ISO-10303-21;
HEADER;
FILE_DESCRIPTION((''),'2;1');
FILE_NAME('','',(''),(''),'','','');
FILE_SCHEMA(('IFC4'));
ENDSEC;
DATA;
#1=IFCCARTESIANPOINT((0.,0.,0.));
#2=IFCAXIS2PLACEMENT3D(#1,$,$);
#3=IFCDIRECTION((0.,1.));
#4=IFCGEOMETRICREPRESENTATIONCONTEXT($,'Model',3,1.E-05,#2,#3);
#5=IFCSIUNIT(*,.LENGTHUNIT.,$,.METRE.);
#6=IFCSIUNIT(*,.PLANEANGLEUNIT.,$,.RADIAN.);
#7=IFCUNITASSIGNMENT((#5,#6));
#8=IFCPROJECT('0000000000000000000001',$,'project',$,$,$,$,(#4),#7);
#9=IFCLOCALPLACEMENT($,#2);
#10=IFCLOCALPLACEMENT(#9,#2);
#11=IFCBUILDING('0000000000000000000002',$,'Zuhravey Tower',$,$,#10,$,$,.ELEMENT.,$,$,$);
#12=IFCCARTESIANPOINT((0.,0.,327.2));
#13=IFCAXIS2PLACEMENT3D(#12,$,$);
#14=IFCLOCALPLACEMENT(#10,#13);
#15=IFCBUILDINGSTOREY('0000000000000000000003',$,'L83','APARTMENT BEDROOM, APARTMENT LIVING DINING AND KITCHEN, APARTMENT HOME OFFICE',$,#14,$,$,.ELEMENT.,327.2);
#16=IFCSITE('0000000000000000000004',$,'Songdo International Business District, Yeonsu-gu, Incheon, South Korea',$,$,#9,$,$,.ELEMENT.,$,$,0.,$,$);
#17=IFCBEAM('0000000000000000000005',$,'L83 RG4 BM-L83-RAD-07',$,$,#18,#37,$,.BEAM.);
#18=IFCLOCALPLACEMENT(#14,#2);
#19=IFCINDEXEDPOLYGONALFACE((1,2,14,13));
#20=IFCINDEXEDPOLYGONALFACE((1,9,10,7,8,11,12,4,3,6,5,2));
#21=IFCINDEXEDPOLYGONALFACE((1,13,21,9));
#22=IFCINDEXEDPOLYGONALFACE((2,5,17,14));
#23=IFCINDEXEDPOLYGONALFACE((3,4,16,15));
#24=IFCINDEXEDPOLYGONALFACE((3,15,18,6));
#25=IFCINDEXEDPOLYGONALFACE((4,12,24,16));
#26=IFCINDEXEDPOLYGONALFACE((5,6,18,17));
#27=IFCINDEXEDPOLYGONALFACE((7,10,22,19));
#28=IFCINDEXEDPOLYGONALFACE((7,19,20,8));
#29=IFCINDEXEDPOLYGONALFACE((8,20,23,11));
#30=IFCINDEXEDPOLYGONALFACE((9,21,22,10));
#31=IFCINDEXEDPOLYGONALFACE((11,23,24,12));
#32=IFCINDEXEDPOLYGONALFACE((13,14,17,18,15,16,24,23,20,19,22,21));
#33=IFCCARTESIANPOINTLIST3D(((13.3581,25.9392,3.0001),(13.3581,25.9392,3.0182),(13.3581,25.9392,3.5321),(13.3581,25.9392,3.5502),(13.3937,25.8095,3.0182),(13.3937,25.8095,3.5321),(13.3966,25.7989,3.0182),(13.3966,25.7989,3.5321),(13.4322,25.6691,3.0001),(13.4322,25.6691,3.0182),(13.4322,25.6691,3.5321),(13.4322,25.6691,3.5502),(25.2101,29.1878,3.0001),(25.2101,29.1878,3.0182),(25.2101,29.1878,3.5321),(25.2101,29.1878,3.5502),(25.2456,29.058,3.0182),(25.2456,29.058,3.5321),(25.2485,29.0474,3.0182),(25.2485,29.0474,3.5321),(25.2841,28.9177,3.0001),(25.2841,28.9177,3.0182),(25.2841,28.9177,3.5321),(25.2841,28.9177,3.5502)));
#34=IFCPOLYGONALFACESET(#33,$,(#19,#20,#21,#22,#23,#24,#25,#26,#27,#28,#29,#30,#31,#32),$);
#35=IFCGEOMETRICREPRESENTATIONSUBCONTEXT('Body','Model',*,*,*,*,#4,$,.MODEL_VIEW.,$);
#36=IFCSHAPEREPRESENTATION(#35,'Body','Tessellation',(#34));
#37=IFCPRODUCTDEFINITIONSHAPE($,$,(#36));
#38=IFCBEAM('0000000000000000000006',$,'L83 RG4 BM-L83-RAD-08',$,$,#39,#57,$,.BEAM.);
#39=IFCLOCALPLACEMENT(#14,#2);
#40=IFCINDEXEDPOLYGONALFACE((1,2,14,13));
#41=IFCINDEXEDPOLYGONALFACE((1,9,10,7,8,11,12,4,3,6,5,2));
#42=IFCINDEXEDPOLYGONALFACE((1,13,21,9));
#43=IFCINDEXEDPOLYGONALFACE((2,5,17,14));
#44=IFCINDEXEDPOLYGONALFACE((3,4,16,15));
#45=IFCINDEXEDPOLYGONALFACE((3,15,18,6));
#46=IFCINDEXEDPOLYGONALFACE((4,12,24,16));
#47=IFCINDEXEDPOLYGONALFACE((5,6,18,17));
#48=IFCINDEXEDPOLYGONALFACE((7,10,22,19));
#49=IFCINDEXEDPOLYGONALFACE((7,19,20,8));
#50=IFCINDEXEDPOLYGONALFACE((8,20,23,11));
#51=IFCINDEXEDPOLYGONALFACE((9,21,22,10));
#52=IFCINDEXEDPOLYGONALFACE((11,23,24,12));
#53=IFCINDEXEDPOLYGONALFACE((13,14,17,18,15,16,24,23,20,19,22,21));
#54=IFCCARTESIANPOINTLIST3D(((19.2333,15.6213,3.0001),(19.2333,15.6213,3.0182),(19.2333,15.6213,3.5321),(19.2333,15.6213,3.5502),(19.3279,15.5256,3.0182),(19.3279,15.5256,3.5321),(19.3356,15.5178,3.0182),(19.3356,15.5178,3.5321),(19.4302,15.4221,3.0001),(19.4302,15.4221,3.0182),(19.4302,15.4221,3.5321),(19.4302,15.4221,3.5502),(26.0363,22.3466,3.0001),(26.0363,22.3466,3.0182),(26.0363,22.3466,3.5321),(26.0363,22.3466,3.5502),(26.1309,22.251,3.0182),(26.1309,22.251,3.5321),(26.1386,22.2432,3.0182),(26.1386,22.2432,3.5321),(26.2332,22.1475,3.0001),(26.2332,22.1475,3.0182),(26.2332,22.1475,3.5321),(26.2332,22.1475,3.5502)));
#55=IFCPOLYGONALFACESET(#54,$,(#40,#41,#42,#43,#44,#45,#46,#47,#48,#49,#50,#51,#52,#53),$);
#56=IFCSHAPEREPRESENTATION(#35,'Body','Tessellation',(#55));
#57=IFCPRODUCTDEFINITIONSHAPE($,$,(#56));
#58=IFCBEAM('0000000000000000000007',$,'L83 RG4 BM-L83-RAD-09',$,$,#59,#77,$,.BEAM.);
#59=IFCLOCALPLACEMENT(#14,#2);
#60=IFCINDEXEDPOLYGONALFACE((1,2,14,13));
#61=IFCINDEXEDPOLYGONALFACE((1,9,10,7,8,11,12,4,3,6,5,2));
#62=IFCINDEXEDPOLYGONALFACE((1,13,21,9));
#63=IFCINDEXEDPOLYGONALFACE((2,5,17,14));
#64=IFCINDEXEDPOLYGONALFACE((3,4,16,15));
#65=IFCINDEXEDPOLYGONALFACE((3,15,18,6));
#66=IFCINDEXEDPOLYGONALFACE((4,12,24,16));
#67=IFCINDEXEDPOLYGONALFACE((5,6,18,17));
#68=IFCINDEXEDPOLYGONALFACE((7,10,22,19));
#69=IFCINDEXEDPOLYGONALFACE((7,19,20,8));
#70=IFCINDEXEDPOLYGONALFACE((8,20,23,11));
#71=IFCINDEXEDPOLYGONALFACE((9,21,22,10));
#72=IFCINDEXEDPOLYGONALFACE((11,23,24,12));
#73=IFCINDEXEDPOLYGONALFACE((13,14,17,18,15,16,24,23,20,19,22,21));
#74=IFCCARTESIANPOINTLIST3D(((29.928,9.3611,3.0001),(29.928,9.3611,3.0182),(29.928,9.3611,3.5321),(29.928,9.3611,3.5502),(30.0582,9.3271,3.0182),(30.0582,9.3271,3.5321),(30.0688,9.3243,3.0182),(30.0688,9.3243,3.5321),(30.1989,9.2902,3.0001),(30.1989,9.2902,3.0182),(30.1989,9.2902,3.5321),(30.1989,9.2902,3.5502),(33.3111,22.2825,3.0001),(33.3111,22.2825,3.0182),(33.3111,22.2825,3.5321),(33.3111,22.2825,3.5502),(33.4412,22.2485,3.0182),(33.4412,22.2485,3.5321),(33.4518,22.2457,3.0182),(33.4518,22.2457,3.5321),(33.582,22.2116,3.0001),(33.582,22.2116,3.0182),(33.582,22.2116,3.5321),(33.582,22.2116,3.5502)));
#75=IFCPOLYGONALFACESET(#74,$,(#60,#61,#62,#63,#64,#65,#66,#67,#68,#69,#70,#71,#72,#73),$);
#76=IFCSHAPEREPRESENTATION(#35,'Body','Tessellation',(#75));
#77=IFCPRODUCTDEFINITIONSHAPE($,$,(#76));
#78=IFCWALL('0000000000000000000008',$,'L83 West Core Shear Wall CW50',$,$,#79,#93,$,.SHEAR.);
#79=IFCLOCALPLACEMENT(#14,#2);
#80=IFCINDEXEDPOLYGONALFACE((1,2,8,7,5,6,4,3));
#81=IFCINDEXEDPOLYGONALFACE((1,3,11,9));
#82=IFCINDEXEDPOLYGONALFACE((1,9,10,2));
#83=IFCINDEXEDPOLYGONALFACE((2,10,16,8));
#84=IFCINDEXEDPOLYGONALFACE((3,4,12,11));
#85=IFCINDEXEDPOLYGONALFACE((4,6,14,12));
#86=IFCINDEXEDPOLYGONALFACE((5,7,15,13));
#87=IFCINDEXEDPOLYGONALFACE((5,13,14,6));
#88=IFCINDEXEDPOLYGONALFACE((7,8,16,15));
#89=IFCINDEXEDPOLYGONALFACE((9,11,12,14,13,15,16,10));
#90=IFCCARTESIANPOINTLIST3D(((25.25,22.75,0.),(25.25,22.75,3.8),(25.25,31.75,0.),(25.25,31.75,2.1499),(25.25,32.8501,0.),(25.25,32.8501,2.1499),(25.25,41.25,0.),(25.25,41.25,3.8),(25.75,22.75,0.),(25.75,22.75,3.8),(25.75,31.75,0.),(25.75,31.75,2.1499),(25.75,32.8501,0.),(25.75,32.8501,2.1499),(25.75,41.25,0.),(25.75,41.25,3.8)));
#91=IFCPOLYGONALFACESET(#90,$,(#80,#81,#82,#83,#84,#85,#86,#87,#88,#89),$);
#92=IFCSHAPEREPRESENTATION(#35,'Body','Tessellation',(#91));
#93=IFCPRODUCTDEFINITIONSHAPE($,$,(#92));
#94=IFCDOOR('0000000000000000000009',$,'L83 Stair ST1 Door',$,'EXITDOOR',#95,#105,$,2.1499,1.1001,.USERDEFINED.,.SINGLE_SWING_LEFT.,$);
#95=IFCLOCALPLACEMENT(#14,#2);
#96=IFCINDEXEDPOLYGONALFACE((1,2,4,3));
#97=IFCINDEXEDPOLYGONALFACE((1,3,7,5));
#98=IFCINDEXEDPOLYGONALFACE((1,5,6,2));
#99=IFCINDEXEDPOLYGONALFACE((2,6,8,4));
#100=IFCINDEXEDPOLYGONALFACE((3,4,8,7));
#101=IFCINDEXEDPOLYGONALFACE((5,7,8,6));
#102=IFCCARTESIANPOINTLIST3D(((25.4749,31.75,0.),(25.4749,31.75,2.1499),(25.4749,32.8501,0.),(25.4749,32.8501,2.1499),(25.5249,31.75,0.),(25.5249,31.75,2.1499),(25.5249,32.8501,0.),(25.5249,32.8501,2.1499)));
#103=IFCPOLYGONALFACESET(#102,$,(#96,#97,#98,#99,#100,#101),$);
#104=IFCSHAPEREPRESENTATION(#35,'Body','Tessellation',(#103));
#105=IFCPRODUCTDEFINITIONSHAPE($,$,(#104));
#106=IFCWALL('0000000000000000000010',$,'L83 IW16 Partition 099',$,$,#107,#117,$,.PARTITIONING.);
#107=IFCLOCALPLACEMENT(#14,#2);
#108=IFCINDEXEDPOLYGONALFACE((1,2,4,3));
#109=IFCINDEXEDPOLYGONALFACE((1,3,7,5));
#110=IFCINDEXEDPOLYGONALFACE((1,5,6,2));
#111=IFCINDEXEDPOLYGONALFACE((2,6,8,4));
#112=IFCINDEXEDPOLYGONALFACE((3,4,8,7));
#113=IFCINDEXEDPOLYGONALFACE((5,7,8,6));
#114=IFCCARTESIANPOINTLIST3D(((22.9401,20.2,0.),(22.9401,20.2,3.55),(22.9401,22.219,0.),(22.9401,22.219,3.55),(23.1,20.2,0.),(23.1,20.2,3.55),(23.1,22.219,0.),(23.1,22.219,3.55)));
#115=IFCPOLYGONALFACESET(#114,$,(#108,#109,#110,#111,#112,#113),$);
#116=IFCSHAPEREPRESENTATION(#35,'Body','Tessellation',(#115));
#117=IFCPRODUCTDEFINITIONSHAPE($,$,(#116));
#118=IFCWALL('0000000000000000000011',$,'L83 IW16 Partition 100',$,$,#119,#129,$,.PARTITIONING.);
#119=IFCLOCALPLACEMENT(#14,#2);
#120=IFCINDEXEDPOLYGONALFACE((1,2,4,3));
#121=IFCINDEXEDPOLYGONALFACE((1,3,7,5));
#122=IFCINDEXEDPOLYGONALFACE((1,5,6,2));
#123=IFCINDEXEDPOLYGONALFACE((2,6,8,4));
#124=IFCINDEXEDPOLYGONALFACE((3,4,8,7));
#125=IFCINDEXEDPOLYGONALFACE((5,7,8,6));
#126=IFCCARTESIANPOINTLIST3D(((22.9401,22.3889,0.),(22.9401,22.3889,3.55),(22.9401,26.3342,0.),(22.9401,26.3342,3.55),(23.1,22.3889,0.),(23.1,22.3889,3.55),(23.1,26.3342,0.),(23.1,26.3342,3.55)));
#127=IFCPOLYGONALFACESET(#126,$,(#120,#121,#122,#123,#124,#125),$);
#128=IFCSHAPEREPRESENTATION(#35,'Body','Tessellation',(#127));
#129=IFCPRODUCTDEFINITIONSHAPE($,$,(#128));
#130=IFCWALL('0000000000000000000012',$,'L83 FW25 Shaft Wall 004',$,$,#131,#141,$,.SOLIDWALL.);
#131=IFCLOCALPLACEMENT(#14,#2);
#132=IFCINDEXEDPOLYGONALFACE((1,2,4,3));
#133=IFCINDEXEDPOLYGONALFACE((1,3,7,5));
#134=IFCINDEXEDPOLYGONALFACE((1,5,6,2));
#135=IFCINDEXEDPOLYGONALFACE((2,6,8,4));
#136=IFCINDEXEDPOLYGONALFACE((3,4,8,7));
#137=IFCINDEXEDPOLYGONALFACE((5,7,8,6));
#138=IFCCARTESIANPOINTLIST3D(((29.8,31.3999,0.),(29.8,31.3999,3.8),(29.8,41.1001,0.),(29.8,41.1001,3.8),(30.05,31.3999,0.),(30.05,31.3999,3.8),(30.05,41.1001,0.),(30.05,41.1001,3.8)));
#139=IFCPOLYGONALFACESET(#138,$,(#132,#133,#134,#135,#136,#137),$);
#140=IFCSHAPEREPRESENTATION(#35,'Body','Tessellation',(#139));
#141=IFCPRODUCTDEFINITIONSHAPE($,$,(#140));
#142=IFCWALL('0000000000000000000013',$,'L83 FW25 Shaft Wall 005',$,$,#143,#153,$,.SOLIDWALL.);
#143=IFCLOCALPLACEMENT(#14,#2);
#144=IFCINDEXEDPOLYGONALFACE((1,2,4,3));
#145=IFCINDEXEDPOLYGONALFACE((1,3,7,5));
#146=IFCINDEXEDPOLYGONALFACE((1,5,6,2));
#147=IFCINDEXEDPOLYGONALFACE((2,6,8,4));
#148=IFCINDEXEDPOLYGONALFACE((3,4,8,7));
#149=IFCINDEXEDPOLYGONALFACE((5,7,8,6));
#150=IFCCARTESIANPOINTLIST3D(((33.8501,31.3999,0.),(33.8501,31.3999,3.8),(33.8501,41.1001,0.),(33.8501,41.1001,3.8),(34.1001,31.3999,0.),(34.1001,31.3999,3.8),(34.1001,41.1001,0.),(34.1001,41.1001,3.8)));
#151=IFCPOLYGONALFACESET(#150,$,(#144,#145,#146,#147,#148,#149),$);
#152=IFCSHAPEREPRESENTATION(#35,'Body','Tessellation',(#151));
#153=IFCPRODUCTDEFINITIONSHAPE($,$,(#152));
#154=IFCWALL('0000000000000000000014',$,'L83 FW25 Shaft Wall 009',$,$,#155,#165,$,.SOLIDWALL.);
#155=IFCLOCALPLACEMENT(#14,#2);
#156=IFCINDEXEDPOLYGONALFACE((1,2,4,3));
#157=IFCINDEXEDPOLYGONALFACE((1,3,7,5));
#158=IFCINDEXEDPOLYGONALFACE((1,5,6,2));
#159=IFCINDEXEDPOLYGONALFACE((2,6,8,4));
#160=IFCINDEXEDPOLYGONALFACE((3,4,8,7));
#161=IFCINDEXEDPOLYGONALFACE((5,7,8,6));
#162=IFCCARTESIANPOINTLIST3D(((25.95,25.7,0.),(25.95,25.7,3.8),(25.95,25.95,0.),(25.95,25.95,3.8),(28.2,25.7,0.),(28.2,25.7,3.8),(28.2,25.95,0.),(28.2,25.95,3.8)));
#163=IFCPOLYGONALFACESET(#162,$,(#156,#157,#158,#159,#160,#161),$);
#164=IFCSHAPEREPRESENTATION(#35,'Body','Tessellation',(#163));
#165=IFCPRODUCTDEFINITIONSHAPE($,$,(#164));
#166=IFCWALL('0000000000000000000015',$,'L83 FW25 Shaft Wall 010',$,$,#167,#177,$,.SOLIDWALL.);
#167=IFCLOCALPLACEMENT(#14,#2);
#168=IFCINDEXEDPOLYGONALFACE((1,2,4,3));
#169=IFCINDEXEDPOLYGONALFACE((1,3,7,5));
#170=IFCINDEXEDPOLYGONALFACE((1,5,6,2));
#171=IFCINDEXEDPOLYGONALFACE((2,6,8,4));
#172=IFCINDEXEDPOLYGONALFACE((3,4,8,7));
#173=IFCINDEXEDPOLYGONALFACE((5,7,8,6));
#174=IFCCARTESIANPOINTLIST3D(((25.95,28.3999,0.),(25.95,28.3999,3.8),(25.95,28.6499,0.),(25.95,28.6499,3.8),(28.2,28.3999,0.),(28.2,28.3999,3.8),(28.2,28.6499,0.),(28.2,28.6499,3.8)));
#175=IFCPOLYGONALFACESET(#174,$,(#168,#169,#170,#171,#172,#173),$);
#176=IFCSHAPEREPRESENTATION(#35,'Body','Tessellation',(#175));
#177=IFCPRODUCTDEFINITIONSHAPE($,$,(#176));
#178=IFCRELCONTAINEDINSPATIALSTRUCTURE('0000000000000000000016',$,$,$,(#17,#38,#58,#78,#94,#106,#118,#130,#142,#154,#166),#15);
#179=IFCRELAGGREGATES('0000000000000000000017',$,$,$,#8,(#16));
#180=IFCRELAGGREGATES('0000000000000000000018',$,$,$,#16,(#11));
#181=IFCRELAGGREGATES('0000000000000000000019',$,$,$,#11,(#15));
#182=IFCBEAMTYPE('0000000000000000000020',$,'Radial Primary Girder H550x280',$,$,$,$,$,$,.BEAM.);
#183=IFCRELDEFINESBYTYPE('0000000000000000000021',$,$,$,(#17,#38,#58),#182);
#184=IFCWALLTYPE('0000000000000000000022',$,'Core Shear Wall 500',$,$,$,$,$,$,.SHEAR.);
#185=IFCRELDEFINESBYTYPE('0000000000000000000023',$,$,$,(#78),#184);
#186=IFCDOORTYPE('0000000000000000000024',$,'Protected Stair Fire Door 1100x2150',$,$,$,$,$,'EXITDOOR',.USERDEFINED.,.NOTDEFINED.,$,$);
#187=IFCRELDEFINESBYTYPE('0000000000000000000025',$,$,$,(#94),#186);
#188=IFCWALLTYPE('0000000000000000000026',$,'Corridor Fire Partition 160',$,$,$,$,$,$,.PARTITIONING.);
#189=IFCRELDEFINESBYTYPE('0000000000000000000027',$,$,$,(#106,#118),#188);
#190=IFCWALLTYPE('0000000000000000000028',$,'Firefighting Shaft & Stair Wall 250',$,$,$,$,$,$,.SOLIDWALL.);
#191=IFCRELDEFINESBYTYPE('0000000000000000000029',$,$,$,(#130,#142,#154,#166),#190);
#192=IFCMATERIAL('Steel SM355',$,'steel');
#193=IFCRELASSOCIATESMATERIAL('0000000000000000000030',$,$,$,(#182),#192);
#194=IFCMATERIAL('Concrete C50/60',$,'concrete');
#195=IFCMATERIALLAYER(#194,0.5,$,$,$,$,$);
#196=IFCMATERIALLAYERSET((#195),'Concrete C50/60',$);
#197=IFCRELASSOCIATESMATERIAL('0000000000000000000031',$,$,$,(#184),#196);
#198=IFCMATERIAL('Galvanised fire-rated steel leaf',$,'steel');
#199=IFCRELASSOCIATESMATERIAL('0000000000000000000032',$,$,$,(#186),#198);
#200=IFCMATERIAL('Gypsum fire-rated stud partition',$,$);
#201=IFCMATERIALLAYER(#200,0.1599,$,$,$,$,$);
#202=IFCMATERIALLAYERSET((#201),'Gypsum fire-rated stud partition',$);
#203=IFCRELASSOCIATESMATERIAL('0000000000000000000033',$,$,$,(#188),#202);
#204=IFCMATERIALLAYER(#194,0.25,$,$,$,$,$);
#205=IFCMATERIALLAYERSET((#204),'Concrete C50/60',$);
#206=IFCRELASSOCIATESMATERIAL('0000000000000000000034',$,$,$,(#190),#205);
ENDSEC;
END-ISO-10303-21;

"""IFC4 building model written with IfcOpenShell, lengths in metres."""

from ifc_helpers import new_model, si_unit, direction, frame, frame_2d, origin, origin_2d, place, context, subcontext, project, spatial, rectangle, i_section, extrude, material, layer, layer_set, material_profile, profile_set, type_object, element, fill, save


model = new_model("IFC4")

# Units and contexts
model_context = context("Model", 3, precision=1e-05, world=origin(), true_north=direction((0.0, 1.0)))
body_context = subcontext(model_context, "Body", "Model", "MODEL_VIEW")
ifc_project = project(units=[si_unit("LENGTHUNIT", "METRE"), si_unit("PLANEANGLEUNIT", "RADIAN")], contexts=[model_context])

# Site, building, storey
site_placement = place(None, origin())
site = spatial("IfcSite", under=ifc_project, at=site_placement, Name="Songdo International Business District, Yeonsu-gu, Incheon, South Korea", CompositionType="ELEMENT", RefElevation=0.0)
building_placement = place(site_placement, origin())
building = spatial("IfcBuilding", under=site, at=building_placement, Name="Zuhravey Tower", CompositionType="ELEMENT")
storey_placement = place(building_placement, frame((0.0, 0.0, 327.2)))
storey = spatial("IfcBuildingStorey", under=building, at=storey_placement, Name="L83", Description="APARTMENT BEDROOM, APARTMENT LIVING DINING AND KITCHEN, APARTMENT HOME OFFICE", CompositionType="ELEMENT", Elevation=327.2)

# Beams
ifc_material_1 = material(Name="Steel SM355", Category="steel")
ifc_material_profile = material_profile(ifc_material_1, i_section(OverallWidth=0.28, OverallDepth=0.55, WebThickness=0.011, FlangeThickness=0.0181, at=origin_2d()), Name="H-550x280x11x18")
ifc_profile_set = profile_set([ifc_material_profile], Name="Steel SM355")
beam_type = type_object("IfcBeamType", Name="Radial Primary Girder H550x280", PredefinedType="BEAM", material=ifc_profile_set)
beam_1_placement = place(storey_placement, frame((25.2471, 29.0527, 3.2751), z_axis=(-0.964428, -0.264346, 0.0), x_axis=(0.264346, -0.964428, 0.0)))
element("IfcBeam", 1, at=beam_1_placement, inside=storey, type_object=beam_type, Name="L83 RG4 BM-L83-RAD-07", PredefinedType="BEAM", context=body_context, shape_type="SweptSolid", body=[
    extrude(i_section(OverallWidth=0.28, OverallDepth=0.55, WebThickness=0.011, FlangeThickness=0.0181, at=origin_2d()), origin(), (0.0, 0.0, 1.0), 12.2891),
])
beam_2_placement = place(storey_placement, frame((26.1348, 22.2471, 3.2751), z_axis=(-0.711153, -0.703037, 0.0), x_axis=(0.703037, -0.711153, 0.0)))
element("IfcBeam", 2, at=beam_2_placement, inside=storey, type_object=beam_type, Name="L83 RG4 BM-L83-RAD-08", PredefinedType="BEAM", context=body_context, shape_type="SweptSolid", body=[
    extrude(i_section(OverallWidth=0.28, OverallDepth=0.55, WebThickness=0.011, FlangeThickness=0.0181, at=origin_2d()), origin(), (0.0, 0.0, 1.0), 9.5662),
])
beam_3_placement = place(storey_placement, frame((33.4465, 22.2471, 3.2751), z_axis=(-0.253281, -0.967393, 0.0), x_axis=(0.967393, -0.253281, 0.0)))
element("IfcBeam", 3, at=beam_3_placement, inside=storey, type_object=beam_type, Name="L83 RG4 BM-L83-RAD-09", PredefinedType="BEAM", context=body_context, shape_type="SweptSolid", body=[
    extrude(i_section(OverallWidth=0.28, OverallDepth=0.55, WebThickness=0.011, FlangeThickness=0.0181, at=origin_2d()), origin(), (0.0, 0.0, 1.0), 13.3569),
])

# Wall, opening, door
ifc_material_2 = material(Name="Concrete C50/60", Category="concrete")
ifc_layer_1 = layer(ifc_material_2, 0.5)
ifc_layer_set_1 = layer_set([ifc_layer_1], Name="Concrete C50/60")
wall_type_1 = type_object("IfcWallType", Name="Core Shear Wall 500", PredefinedType="SHEAR", material=ifc_layer_set_1)
ifc_material_3 = material(Name="Galvanised fire-rated steel leaf", Category="steel")
wall_1_placement = place(storey_placement, frame((25.5, 22.75, 0.0), z_axis=(0.0, 0.0, 1.0), x_axis=(0.0, 1.0, 0.0)))
wall_1 = element("IfcWall", 4, at=wall_1_placement, inside=storey, type_object=wall_type_1, Name="L83 West Core Shear Wall CW50", PredefinedType="SHEAR", context=body_context, shape_type="SweptSolid", body=[
    extrude(rectangle(XDim=18.5, YDim=0.5, at=frame_2d((9.25, 0.0))), origin(), (0.0, 0.0, 1.0), 3.8),
])
opening_1_placement = place(wall_1_placement, frame((9.0, 0.0, 0.0)))
opening_1 = element("IfcOpeningElement", 5, at=opening_1_placement, cuts=wall_1, PredefinedType="OPENING", context=body_context, shape_type="SweptSolid", body=[
    extrude(rectangle(XDim=1.1001, YDim=2.1499, at=frame_2d((0.55, 1.075))), frame((0.0, 0.262, 0.0), z_axis=(0.0, -1.0, 0.0), x_axis=(1.0, 0.0, 0.0)), (0.0, 0.0, 1.0), 0.5239),
])
door_type_1 = type_object("IfcDoorType", Name="Protected Stair Fire Door 1100x2150", ElementType="EXITDOOR", OperationType="NOTDEFINED", PredefinedType="USERDEFINED", material=ifc_material_3)
door_1_placement = place(opening_1_placement, frame((1.1001, 0.0, 0.0), z_axis=(0.0, 0.0, 1.0), x_axis=(-1.0, 0.0, 0.0)))
door_1 = element("IfcDoor", 6, at=door_1_placement, inside=storey, type_object=door_type_1, Name="L83 Stair ST1 Door", ObjectType="EXITDOOR", OperationType="SINGLE_SWING_LEFT", OverallHeight=2.1499, OverallWidth=1.1001, PredefinedType="USERDEFINED", context=body_context, shape_type="SweptSolid", body=[
    extrude(rectangle(XDim=1.1001, YDim=2.1499, at=frame_2d((0.55, 1.075))), frame((0.0, 0.0249, 0.0), z_axis=(0.0, -1.0, 0.0), x_axis=(1.0, 0.0, 0.0)), (0.0, 0.0, 1.0), 0.05),
])
fill(opening_1, door_1)
ifc_material_4 = material(Name="Gypsum fire-rated stud partition")
ifc_layer_2 = layer(ifc_material_4, 0.1599)
ifc_layer_set_2 = layer_set([ifc_layer_2], Name="Gypsum fire-rated stud partition")
wall_type_2 = type_object("IfcWallType", Name="Corridor Fire Partition 160", PredefinedType="PARTITIONING", material=ifc_layer_set_2)

# Walls
wall_2_placement = place(storey_placement, frame((23.02, 22.219, 0.0), z_axis=(0.0, 0.0, 1.0), x_axis=(0.0, -1.0, 0.0)))
element("IfcWall", 7, at=wall_2_placement, inside=storey, type_object=wall_type_2, Name="L83 IW16 Partition 099", PredefinedType="PARTITIONING", context=body_context, shape_type="SweptSolid", body=[
    extrude(rectangle(XDim=2.019, YDim=0.1599, at=frame_2d((1.0095, 0.0))), origin(), (0.0, 0.0, 1.0), 3.55),
])
wall_3_placement = place(storey_placement, frame((23.02, 26.3342, 0.0), z_axis=(0.0, 0.0, 1.0), x_axis=(0.0, -1.0, 0.0)))
element("IfcWall", 8, at=wall_3_placement, inside=storey, type_object=wall_type_2, Name="L83 IW16 Partition 100", PredefinedType="PARTITIONING", context=body_context, shape_type="SweptSolid", body=[
    extrude(rectangle(XDim=3.9453, YDim=0.1599, at=frame_2d((1.9727, 0.0))), origin(), (0.0, 0.0, 1.0), 3.55),
])

# Shared definitions
ifc_layer_3 = layer(ifc_material_2, 0.25)
ifc_layer_set_3 = layer_set([ifc_layer_3], Name="Concrete C50/60")
wall_type_3 = type_object("IfcWallType", Name="Firefighting Shaft & Stair Wall 250", PredefinedType="SOLIDWALL", material=ifc_layer_set_3)

# Walls
for number, where, z_axis, x_axis, name in (
    (9, (29.925, 31.3999, 0.0), (0.0, 0.0, 1.0), (0.0, 1.0, 0.0), "L83 FW25 Shaft Wall 004"),
    (10, (33.9751, 31.3999, 0.0), (0.0, 0.0, 1.0), (0.0, 1.0, 0.0), "L83 FW25 Shaft Wall 005"),
):
    element("IfcWall", number, at=place(storey_placement, frame(where, z_axis=z_axis, x_axis=x_axis)), inside=storey, type_object=wall_type_3, Name=name, PredefinedType="SOLIDWALL", context=body_context, shape_type="SweptSolid", body=[
        extrude(rectangle(XDim=9.7002, YDim=0.25, at=frame_2d((4.8501, 0.0))), origin(), (0.0, 0.0, 1.0), 3.8),
    ])
for number, where, z_axis, x_axis, name in (
    (11, (25.95, 25.825, 0.0), (0.0, 0.0, 1.0), (1.0, 0.0, 0.0), "L83 FW25 Shaft Wall 009"),
    (12, (25.95, 28.5249, 0.0), (0.0, 0.0, 1.0), (1.0, 0.0, 0.0), "L83 FW25 Shaft Wall 010"),
):
    element("IfcWall", number, at=place(storey_placement, frame(where, z_axis=z_axis, x_axis=x_axis)), inside=storey, type_object=wall_type_3, Name=name, PredefinedType="SOLIDWALL", context=body_context, shape_type="SweptSolid", body=[
        extrude(rectangle(XDim=2.25, YDim=0.25, at=frame_2d((1.125, 0.0))), origin(), (0.0, 0.0, 1.0), 3.8),
    ])

save(model, "model.ifc")
